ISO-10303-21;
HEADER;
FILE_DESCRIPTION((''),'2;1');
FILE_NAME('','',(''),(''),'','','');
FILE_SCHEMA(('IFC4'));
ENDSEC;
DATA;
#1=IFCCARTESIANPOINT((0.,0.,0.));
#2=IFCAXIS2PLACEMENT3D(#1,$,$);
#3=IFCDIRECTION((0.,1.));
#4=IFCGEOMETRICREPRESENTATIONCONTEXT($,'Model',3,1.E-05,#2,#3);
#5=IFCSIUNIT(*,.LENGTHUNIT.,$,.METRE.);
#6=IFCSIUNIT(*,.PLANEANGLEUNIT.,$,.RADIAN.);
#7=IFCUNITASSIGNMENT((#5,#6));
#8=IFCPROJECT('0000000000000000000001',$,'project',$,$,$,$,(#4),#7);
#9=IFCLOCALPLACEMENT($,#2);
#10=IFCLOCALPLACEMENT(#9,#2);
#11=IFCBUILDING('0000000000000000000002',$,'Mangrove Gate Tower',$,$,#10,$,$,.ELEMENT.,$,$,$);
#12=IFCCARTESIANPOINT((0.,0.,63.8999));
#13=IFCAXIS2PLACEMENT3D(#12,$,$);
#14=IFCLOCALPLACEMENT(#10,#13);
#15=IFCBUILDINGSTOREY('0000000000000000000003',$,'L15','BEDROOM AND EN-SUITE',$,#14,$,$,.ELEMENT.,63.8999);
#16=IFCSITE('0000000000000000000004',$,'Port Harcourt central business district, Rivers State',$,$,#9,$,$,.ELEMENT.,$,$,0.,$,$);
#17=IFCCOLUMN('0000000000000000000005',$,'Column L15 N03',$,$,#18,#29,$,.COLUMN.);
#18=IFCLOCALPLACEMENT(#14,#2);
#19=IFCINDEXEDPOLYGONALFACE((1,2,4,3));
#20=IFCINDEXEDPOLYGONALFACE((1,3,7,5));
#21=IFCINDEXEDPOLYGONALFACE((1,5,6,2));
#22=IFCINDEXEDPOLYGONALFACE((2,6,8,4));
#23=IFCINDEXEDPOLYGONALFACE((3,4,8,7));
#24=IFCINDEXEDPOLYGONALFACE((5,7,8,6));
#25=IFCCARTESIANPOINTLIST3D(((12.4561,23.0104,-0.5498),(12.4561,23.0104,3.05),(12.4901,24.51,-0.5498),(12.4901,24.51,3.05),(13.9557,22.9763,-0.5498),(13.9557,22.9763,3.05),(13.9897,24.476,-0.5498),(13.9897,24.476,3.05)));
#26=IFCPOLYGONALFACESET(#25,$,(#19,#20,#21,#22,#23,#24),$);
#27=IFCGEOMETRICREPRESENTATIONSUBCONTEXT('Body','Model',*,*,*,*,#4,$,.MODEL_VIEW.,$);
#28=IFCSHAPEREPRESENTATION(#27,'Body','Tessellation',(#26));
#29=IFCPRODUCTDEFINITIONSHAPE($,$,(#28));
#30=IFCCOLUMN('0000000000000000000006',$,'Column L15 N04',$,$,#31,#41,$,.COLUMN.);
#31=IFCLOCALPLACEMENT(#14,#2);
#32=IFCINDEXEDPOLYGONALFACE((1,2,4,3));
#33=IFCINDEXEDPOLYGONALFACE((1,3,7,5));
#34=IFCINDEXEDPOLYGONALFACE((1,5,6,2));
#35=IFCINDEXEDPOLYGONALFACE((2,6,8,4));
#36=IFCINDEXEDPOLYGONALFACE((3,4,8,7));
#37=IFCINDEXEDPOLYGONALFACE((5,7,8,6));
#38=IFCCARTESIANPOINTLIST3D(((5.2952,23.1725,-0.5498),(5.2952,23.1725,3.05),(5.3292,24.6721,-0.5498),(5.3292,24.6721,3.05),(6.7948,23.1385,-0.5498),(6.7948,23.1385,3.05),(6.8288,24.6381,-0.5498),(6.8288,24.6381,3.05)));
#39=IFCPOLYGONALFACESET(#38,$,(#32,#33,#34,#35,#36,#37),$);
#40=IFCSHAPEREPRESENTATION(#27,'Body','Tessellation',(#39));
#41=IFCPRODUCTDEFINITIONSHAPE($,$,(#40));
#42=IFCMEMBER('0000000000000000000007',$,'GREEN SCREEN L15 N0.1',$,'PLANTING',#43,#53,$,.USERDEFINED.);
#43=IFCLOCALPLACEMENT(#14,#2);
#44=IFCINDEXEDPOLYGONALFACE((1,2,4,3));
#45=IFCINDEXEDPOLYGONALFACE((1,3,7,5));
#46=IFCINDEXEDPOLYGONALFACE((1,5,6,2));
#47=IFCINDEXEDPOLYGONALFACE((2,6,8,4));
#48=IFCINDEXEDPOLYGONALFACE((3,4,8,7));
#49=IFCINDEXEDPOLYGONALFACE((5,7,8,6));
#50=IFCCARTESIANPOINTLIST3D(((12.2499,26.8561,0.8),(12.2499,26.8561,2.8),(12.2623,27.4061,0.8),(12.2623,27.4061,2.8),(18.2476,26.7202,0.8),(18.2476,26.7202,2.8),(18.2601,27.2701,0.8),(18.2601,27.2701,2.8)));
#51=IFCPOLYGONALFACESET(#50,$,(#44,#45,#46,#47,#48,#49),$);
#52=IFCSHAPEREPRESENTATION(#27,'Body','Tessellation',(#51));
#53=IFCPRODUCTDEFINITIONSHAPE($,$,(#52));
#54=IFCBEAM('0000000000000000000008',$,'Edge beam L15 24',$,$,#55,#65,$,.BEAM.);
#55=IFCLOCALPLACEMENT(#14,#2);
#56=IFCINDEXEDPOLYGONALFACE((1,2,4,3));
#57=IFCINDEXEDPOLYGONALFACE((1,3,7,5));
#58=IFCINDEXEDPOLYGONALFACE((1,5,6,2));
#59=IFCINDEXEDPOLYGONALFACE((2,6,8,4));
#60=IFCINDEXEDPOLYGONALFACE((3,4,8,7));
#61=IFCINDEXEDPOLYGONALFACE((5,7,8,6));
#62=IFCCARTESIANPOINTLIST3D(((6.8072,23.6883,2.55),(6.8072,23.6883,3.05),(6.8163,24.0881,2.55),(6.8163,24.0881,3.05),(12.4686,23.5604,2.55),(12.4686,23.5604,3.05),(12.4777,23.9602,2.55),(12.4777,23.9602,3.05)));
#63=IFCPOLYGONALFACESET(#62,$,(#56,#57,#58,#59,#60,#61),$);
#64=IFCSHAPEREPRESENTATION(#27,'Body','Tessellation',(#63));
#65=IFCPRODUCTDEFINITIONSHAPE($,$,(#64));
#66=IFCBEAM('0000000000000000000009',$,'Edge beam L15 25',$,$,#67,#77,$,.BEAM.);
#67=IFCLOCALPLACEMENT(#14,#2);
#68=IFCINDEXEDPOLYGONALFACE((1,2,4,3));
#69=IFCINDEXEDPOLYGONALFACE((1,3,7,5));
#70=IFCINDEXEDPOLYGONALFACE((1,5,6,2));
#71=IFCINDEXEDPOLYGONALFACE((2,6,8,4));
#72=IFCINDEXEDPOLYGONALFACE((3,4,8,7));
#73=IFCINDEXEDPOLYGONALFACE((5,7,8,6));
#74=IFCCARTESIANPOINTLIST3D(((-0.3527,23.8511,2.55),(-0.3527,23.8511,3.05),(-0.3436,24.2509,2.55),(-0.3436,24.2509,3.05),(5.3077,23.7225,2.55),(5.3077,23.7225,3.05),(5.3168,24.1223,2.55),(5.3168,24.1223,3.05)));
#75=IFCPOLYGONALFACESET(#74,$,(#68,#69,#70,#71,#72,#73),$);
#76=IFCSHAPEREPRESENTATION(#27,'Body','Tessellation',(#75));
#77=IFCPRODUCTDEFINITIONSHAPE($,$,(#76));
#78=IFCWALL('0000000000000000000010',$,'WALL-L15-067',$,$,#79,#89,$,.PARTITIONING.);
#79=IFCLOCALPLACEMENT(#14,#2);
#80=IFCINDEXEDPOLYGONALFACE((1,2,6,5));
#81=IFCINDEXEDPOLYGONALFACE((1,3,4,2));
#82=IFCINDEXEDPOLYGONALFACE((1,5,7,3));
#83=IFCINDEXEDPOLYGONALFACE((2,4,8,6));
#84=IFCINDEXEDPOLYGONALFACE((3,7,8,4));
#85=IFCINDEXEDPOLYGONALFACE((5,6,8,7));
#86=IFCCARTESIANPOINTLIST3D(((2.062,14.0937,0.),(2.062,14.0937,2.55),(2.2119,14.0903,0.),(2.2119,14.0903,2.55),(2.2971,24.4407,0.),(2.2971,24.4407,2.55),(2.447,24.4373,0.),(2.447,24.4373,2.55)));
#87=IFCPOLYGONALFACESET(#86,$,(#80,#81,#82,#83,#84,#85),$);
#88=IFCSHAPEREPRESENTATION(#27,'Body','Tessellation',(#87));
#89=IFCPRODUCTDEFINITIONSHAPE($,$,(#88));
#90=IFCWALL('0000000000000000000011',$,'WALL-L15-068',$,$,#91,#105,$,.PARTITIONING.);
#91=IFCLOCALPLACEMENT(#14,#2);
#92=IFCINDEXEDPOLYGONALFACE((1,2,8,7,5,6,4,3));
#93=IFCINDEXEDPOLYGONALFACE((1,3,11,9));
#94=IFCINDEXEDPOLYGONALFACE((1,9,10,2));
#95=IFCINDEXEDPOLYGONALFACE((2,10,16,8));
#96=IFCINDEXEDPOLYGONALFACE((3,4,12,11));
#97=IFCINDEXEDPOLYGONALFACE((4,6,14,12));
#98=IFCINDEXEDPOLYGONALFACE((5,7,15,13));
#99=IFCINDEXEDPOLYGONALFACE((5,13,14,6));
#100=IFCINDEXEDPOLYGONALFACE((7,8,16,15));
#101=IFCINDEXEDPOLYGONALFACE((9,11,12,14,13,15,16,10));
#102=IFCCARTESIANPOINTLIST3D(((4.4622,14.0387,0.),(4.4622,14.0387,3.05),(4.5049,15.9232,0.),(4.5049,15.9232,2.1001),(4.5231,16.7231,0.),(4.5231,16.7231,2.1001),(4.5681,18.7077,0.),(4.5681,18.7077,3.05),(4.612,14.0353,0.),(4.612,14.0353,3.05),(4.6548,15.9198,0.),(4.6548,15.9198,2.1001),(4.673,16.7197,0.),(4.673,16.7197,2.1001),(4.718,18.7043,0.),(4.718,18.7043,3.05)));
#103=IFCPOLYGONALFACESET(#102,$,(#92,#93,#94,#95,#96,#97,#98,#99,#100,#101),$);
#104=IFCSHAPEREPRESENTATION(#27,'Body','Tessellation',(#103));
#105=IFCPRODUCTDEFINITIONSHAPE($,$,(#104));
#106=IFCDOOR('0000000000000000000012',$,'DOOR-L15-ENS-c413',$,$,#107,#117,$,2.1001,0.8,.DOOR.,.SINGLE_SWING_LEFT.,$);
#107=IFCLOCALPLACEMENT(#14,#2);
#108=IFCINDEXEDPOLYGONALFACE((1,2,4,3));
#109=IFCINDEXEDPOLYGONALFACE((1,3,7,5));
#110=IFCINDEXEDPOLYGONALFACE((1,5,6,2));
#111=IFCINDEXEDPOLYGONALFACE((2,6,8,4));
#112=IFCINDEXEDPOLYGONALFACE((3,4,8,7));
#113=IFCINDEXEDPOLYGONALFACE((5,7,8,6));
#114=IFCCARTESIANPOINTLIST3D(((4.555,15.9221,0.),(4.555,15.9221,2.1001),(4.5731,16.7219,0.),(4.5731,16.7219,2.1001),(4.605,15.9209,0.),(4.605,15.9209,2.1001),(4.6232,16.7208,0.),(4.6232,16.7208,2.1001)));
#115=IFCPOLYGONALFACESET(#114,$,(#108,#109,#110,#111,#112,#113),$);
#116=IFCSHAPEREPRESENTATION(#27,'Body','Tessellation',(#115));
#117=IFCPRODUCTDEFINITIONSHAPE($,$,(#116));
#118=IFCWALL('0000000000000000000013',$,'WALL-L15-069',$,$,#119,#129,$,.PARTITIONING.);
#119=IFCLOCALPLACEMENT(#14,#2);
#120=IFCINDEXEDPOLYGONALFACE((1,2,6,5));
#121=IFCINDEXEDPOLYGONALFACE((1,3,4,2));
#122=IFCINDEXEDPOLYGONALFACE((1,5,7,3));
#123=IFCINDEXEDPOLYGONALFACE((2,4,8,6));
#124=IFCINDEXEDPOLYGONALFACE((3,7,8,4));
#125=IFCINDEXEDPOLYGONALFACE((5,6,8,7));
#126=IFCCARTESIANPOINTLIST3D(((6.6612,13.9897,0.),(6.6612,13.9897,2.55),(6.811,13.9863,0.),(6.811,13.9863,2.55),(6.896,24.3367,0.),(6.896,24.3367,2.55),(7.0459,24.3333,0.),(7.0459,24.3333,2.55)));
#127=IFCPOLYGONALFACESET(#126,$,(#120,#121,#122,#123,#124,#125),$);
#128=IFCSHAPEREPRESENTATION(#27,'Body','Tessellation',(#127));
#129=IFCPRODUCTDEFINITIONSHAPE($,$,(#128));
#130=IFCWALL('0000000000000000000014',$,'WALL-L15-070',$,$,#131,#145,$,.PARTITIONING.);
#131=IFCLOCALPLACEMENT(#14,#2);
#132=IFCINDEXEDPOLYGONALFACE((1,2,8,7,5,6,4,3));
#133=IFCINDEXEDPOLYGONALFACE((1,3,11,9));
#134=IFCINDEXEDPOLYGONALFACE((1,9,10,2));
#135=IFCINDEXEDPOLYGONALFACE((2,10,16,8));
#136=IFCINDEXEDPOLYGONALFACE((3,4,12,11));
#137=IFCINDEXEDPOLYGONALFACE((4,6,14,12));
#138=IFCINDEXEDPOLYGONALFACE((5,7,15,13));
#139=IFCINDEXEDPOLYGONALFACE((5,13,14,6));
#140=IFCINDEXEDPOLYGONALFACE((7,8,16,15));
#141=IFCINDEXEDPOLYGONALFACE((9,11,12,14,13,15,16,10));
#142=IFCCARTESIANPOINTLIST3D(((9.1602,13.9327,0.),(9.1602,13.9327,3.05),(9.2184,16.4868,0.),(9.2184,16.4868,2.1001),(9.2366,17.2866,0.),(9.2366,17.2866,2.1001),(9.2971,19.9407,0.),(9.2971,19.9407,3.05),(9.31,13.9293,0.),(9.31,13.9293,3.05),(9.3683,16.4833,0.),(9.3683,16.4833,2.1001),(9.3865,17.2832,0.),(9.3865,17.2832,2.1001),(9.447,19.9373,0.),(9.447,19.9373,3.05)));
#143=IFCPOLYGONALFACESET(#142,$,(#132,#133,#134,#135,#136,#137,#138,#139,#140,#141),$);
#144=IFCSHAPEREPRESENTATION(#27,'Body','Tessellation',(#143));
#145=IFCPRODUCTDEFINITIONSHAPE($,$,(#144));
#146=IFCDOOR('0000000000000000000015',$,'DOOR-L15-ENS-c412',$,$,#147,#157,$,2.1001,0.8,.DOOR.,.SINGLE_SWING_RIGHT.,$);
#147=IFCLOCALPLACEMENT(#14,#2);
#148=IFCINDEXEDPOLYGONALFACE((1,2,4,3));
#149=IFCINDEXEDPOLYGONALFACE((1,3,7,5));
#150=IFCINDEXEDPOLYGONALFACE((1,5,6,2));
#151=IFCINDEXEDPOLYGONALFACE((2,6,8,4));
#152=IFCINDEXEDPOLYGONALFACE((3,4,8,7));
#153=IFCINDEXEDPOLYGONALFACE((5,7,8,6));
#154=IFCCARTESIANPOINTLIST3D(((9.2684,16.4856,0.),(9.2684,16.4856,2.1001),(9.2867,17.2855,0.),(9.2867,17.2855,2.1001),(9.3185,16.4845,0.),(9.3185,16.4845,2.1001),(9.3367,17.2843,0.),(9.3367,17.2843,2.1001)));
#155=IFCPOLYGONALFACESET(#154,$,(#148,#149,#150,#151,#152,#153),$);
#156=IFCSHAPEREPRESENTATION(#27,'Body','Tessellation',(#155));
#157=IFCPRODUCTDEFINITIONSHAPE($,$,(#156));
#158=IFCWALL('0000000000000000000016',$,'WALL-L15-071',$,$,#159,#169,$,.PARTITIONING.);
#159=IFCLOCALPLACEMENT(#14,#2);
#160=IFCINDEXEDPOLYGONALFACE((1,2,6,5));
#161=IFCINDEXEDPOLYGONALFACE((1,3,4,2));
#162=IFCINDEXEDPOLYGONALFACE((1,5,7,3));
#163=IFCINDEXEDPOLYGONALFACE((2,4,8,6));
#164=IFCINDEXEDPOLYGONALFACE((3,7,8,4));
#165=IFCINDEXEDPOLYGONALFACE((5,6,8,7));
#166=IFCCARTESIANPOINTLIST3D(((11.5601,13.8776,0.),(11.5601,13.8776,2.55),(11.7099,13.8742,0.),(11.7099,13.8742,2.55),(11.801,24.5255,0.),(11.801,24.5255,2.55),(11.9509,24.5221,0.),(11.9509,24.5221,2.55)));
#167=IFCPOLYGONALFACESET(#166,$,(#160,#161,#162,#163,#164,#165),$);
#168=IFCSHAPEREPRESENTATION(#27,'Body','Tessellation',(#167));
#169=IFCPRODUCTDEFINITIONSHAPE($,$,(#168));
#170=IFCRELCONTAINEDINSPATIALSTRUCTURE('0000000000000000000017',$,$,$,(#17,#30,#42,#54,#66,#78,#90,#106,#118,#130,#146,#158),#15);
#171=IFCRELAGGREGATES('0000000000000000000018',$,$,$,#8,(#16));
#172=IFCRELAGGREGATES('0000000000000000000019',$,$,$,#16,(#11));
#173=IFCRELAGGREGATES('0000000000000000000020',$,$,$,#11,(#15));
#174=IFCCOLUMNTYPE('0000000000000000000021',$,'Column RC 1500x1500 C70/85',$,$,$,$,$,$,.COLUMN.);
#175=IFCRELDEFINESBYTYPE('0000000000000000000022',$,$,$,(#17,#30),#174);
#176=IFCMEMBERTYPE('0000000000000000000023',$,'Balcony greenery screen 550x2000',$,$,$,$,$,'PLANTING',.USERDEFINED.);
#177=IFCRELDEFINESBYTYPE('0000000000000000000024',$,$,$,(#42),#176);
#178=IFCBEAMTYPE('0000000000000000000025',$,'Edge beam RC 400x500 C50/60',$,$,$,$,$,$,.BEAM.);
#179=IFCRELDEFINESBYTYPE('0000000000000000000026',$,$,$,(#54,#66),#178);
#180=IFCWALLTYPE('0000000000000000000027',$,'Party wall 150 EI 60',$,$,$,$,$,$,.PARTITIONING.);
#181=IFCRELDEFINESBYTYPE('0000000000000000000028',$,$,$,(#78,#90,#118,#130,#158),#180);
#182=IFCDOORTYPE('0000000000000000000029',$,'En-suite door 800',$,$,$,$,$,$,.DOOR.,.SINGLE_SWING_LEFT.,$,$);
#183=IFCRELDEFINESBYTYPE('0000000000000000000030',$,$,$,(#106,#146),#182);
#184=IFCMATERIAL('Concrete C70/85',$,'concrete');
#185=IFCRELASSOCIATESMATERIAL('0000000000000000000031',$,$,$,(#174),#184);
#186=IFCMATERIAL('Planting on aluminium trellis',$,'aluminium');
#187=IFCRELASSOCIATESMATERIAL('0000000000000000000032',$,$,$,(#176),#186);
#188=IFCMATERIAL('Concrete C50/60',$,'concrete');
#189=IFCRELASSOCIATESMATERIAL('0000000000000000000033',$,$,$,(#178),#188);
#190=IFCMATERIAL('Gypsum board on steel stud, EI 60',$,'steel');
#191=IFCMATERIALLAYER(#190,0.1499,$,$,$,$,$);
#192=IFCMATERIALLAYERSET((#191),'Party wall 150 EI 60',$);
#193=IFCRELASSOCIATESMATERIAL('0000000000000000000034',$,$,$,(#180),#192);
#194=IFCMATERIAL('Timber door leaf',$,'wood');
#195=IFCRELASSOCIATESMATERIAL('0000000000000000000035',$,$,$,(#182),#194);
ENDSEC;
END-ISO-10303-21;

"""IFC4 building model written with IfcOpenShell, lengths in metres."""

from ifc_helpers import new_model, si_unit, direction, frame, frame_2d, origin, origin_2d, place, context, subcontext, project, spatial, rectangle, extrude, material, layer, layer_set, material_profile, profile_set, type_object, element, fill, save


model = new_model("IFC4")

# Units and contexts
model_context = context("Model", 3, precision=1e-05, world=origin(), true_north=direction((0.0, 1.0)))
body_context = subcontext(model_context, "Body", "Model", "MODEL_VIEW")
ifc_project = project(units=[si_unit("LENGTHUNIT", "METRE"), si_unit("PLANEANGLEUNIT", "RADIAN")], contexts=[model_context])

# Site, building, storey
site_placement = place(None, origin())
site = spatial("IfcSite", under=ifc_project, at=site_placement, Name="Port Harcourt central business district, Rivers State", CompositionType="ELEMENT", RefElevation=0.0)
building_placement = place(site_placement, origin())
building = spatial("IfcBuilding", under=site, at=building_placement, Name="Mangrove Gate Tower", CompositionType="ELEMENT")
storey_placement = place(building_placement, frame((0.0, 0.0, 63.8999)))
storey = spatial("IfcBuildingStorey", under=building, at=storey_placement, Name="L15", Description="BEDROOM AND EN-SUITE", CompositionType="ELEMENT", Elevation=63.8999)

# Columns
ifc_material_1 = material(Name="Concrete C70/85", Category="concrete")
ifc_material_profile_1 = material_profile(ifc_material_1, rectangle(XDim=1.5, YDim=1.5, at=origin_2d()))
ifc_profile_set_1 = profile_set([ifc_material_profile_1], Name="Concrete C70/85")
column_type = type_object("IfcColumnType", Name="Column RC 1500x1500 C70/85", PredefinedType="COLUMN", material=ifc_profile_set_1)
for number, where, z_axis, x_axis, name in (
    (1, (13.2229, 23.7432, -0.5498), (0.0, 0.0, 1.0), (-0.999743, 0.022688, 0.0), "Column L15 N03"),
    (2, (6.062, 23.9053, -0.5498), (0.0, 0.0, 1.0), (-0.999743, 0.022688, 0.0), "Column L15 N04"),
):
    element("IfcColumn", number, at=place(storey_placement, frame(where, z_axis=z_axis, x_axis=x_axis)), inside=storey, type_object=column_type, Name=name, PredefinedType="COLUMN", context=body_context, shape_type="SweptSolid", body=[
        extrude(rectangle(XDim=1.5, YDim=1.5, at=origin_2d()), origin(), (0.0, 0.0, 1.0), 3.5999),
    ])

# Member
ifc_material_2 = material(Name="Planting on aluminium trellis", Category="aluminium")
ifc_material_profile_2 = material_profile(ifc_material_2, rectangle(XDim=0.55, YDim=2.0, at=origin_2d()))
ifc_profile_set_2 = profile_set([ifc_material_profile_2], Name="Planting on aluminium trellis")
member_type = type_object("IfcMemberType", Name="Balcony greenery screen 550x2000", ElementType="PLANTING", PredefinedType="USERDEFINED", material=ifc_profile_set_2)
member_placement = place(storey_placement, frame((12.2561, 27.1311, 1.8), z_axis=(0.999743, -0.022667, 0.0), x_axis=(0.022667, 0.999743, 0.0)))
element("IfcMember", 3, at=member_placement, inside=storey, type_object=member_type, Name="GREEN SCREEN L15 N0.1", ObjectType="PLANTING", PredefinedType="USERDEFINED", context=body_context, shape_type="SweptSolid", body=[
    extrude(rectangle(XDim=0.55, YDim=2.0, at=origin_2d()), origin(), (0.0, 0.0, 1.0), 5.9993),
])

# Beams
ifc_material_3 = material(Name="Concrete C50/60", Category="concrete")
ifc_material_profile_3 = material_profile(ifc_material_3, rectangle(XDim=0.3999, YDim=0.5, at=origin_2d()))
ifc_profile_set_3 = profile_set([ifc_material_profile_3], Name="Concrete C50/60")
beam_type = type_object("IfcBeamType", Name="Edge beam RC 400x500 C50/60", PredefinedType="BEAM", material=ifc_profile_set_3)
beam_1_placement = place(storey_placement, frame((12.4731, 23.7603, 2.8), z_axis=(-0.999745, 0.022591, 0.0), x_axis=(-0.022591, -0.999745, 0.0)))
element("IfcBeam", 4, at=beam_1_placement, inside=storey, type_object=beam_type, Name="Edge beam L15 24", PredefinedType="BEAM", context=body_context, shape_type="SweptSolid", body=[
    extrude(rectangle(XDim=0.3999, YDim=0.5, at=origin_2d()), origin(), (0.0, 0.0, 1.0), 5.6628),
])
beam_2_placement = place(storey_placement, frame((5.3123, 23.9224, 2.8), z_axis=(-0.999742, 0.022724, 0.0), x_axis=(-0.022724, -0.999742, 0.0)))
element("IfcBeam", 5, at=beam_2_placement, inside=storey, type_object=beam_type, Name="Edge beam L15 25", PredefinedType="BEAM", context=body_context, shape_type="SweptSolid", body=[
    extrude(rectangle(XDim=0.3999, YDim=0.5, at=origin_2d()), origin(), (0.0, 0.0, 1.0), 5.6619),
])

# Wall
ifc_material_4 = material(Name="Gypsum board on steel stud, EI 60", Category="steel")
ifc_layer_1 = layer(ifc_material_4, 0.1499)
ifc_layer_set_1 = layer_set([ifc_layer_1], Name="Party wall 150 EI 60")
wall_type_1 = type_object("IfcWallType", Name="Party wall 150 EI 60", PredefinedType="PARTITIONING", material=ifc_layer_set_1)
wall_1_placement = place(storey_placement, frame((2.137, 14.092, 0.0), z_axis=(0.0, 0.0, 1.0), x_axis=(0.022717, 0.999742, 0.0)))
element("IfcWall", 6, at=wall_1_placement, inside=storey, type_object=wall_type_1, Name="WALL-L15-067", PredefinedType="PARTITIONING", context=body_context, shape_type="SweptSolid", body=[
    extrude(rectangle(XDim=10.3496, YDim=0.1499, at=frame_2d((5.1748, 0.0))), origin(), (0.0, 0.0, 1.0), 2.55),
])

# Wall, opening, door
wall_2_placement = place(storey_placement, frame((4.5371, 14.0371, 0.0), z_axis=(0.0, 0.0, 1.0), x_axis=(0.022688, 0.999743, 0.0)))
wall_2 = element("IfcWall", 7, at=wall_2_placement, inside=storey, type_object=wall_type_1, Name="WALL-L15-068", PredefinedType="PARTITIONING", context=body_context, shape_type="SweptSolid", body=[
    extrude(rectangle(XDim=4.6702, YDim=0.1499, at=frame_2d((2.335, 0.0))), origin(), (0.0, 0.0, 1.0), 3.05),
])
opening_1_placement = place(wall_2_placement, frame((1.885, 0.0, 0.0)))
opening_1 = element("IfcOpeningElement", 8, at=opening_1_placement, cuts=wall_2, PredefinedType="OPENING", context=body_context, shape_type="SweptSolid", body=[
    extrude(rectangle(XDim=0.8, YDim=2.1001, at=frame_2d((0.3999, 1.05))), frame((0.0, 0.085, 0.0), z_axis=(0.0, -1.0, 0.0), x_axis=(1.0, 0.0, 0.0)), (0.0, 0.0, 1.0), 0.1699),
])
ifc_material_5 = material(Name="Timber door leaf", Category="wood")
door_type = type_object("IfcDoorType", Name="En-suite door 800", OperationType="SINGLE_SWING_LEFT", PredefinedType="DOOR", material=ifc_material_5)
door_1_placement = place(opening_1_placement, origin())
door_1 = element("IfcDoor", 9, at=door_1_placement, inside=storey, type_object=door_type, Name="DOOR-L15-ENS-c413", OperationType="SINGLE_SWING_LEFT", OverallHeight=2.1001, OverallWidth=0.8, PredefinedType="DOOR", context=body_context, shape_type="SweptSolid", body=[
    extrude(rectangle(XDim=0.8, YDim=2.1001, at=frame_2d((0.3999, 1.05))), frame((0.0, 0.0249, 0.0), z_axis=(0.0, -1.0, 0.0), x_axis=(1.0, 0.0, 0.0)), (0.0, 0.0, 1.0), 0.05),
])
fill(opening_1, door_1)

# Wall
wall_3_placement = place(storey_placement, frame((6.7361, 13.988, 0.0), z_axis=(0.0, 0.0, 1.0), x_axis=(0.022693, 0.999742, 0.0)))
element("IfcWall", 10, at=wall_3_placement, inside=storey, type_object=wall_type_1, Name="WALL-L15-069", PredefinedType="PARTITIONING", context=body_context, shape_type="SweptSolid", body=[
    extrude(rectangle(XDim=10.3496, YDim=0.1499, at=frame_2d((5.1748, 0.0))), origin(), (0.0, 0.0, 1.0), 2.55),
])

# Wall, opening, door
wall_4_placement = place(storey_placement, frame((9.2351, 13.9309, 0.0), z_axis=(0.0, 0.0, 1.0), x_axis=(0.022791, 0.99974, 0.0)))
wall_4 = element("IfcWall", 11, at=wall_4_placement, inside=storey, type_object=wall_type_1, Name="WALL-L15-070", PredefinedType="PARTITIONING", context=body_context, shape_type="SweptSolid", body=[
    extrude(rectangle(XDim=6.0095, YDim=0.1499, at=frame_2d((3.0049, 0.0))), origin(), (0.0, 0.0, 1.0), 3.05),
])
opening_2_placement = place(wall_4_placement, frame((2.5549, 0.0, 0.0)))
opening_2 = element("IfcOpeningElement", 12, at=opening_2_placement, cuts=wall_4, PredefinedType="OPENING", context=body_context, shape_type="SweptSolid", body=[
    extrude(rectangle(XDim=0.8, YDim=2.1001, at=frame_2d((0.3999, 1.05))), frame((0.0, 0.085, 0.0), z_axis=(0.0, -1.0, 0.0), x_axis=(1.0, 0.0, 0.0)), (0.0, 0.0, 1.0), 0.1699),
])
door_2_placement = place(opening_2_placement, origin())
door_2 = element("IfcDoor", 13, at=door_2_placement, inside=storey, type_object=door_type, Name="DOOR-L15-ENS-c412", OperationType="SINGLE_SWING_RIGHT", OverallHeight=2.1001, OverallWidth=0.8, PredefinedType="DOOR", context=body_context, shape_type="SweptSolid", body=[
    extrude(rectangle(XDim=0.8, YDim=2.1001, at=frame_2d((0.3999, 1.05))), frame((0.0, 0.0249, 0.0), z_axis=(0.0, -1.0, 0.0), x_axis=(1.0, 0.0, 0.0)), (0.0, 0.0, 1.0), 0.05),
])
fill(opening_2, door_2)

# Wall
wall_5_placement = place(storey_placement, frame((11.635, 13.876, 0.0), z_axis=(0.0, 0.0, 1.0), x_axis=(0.022625, 0.999744, 0.0)))
element("IfcWall", 14, at=wall_5_placement, inside=storey, type_object=wall_type_1, Name="WALL-L15-071", PredefinedType="PARTITIONING", context=body_context, shape_type="SweptSolid", body=[
    extrude(rectangle(XDim=10.6506, YDim=0.1499, at=frame_2d((5.3252, 0.0))), origin(), (0.0, 0.0, 1.0), 2.55),
])

save(model, "model.ifc")
